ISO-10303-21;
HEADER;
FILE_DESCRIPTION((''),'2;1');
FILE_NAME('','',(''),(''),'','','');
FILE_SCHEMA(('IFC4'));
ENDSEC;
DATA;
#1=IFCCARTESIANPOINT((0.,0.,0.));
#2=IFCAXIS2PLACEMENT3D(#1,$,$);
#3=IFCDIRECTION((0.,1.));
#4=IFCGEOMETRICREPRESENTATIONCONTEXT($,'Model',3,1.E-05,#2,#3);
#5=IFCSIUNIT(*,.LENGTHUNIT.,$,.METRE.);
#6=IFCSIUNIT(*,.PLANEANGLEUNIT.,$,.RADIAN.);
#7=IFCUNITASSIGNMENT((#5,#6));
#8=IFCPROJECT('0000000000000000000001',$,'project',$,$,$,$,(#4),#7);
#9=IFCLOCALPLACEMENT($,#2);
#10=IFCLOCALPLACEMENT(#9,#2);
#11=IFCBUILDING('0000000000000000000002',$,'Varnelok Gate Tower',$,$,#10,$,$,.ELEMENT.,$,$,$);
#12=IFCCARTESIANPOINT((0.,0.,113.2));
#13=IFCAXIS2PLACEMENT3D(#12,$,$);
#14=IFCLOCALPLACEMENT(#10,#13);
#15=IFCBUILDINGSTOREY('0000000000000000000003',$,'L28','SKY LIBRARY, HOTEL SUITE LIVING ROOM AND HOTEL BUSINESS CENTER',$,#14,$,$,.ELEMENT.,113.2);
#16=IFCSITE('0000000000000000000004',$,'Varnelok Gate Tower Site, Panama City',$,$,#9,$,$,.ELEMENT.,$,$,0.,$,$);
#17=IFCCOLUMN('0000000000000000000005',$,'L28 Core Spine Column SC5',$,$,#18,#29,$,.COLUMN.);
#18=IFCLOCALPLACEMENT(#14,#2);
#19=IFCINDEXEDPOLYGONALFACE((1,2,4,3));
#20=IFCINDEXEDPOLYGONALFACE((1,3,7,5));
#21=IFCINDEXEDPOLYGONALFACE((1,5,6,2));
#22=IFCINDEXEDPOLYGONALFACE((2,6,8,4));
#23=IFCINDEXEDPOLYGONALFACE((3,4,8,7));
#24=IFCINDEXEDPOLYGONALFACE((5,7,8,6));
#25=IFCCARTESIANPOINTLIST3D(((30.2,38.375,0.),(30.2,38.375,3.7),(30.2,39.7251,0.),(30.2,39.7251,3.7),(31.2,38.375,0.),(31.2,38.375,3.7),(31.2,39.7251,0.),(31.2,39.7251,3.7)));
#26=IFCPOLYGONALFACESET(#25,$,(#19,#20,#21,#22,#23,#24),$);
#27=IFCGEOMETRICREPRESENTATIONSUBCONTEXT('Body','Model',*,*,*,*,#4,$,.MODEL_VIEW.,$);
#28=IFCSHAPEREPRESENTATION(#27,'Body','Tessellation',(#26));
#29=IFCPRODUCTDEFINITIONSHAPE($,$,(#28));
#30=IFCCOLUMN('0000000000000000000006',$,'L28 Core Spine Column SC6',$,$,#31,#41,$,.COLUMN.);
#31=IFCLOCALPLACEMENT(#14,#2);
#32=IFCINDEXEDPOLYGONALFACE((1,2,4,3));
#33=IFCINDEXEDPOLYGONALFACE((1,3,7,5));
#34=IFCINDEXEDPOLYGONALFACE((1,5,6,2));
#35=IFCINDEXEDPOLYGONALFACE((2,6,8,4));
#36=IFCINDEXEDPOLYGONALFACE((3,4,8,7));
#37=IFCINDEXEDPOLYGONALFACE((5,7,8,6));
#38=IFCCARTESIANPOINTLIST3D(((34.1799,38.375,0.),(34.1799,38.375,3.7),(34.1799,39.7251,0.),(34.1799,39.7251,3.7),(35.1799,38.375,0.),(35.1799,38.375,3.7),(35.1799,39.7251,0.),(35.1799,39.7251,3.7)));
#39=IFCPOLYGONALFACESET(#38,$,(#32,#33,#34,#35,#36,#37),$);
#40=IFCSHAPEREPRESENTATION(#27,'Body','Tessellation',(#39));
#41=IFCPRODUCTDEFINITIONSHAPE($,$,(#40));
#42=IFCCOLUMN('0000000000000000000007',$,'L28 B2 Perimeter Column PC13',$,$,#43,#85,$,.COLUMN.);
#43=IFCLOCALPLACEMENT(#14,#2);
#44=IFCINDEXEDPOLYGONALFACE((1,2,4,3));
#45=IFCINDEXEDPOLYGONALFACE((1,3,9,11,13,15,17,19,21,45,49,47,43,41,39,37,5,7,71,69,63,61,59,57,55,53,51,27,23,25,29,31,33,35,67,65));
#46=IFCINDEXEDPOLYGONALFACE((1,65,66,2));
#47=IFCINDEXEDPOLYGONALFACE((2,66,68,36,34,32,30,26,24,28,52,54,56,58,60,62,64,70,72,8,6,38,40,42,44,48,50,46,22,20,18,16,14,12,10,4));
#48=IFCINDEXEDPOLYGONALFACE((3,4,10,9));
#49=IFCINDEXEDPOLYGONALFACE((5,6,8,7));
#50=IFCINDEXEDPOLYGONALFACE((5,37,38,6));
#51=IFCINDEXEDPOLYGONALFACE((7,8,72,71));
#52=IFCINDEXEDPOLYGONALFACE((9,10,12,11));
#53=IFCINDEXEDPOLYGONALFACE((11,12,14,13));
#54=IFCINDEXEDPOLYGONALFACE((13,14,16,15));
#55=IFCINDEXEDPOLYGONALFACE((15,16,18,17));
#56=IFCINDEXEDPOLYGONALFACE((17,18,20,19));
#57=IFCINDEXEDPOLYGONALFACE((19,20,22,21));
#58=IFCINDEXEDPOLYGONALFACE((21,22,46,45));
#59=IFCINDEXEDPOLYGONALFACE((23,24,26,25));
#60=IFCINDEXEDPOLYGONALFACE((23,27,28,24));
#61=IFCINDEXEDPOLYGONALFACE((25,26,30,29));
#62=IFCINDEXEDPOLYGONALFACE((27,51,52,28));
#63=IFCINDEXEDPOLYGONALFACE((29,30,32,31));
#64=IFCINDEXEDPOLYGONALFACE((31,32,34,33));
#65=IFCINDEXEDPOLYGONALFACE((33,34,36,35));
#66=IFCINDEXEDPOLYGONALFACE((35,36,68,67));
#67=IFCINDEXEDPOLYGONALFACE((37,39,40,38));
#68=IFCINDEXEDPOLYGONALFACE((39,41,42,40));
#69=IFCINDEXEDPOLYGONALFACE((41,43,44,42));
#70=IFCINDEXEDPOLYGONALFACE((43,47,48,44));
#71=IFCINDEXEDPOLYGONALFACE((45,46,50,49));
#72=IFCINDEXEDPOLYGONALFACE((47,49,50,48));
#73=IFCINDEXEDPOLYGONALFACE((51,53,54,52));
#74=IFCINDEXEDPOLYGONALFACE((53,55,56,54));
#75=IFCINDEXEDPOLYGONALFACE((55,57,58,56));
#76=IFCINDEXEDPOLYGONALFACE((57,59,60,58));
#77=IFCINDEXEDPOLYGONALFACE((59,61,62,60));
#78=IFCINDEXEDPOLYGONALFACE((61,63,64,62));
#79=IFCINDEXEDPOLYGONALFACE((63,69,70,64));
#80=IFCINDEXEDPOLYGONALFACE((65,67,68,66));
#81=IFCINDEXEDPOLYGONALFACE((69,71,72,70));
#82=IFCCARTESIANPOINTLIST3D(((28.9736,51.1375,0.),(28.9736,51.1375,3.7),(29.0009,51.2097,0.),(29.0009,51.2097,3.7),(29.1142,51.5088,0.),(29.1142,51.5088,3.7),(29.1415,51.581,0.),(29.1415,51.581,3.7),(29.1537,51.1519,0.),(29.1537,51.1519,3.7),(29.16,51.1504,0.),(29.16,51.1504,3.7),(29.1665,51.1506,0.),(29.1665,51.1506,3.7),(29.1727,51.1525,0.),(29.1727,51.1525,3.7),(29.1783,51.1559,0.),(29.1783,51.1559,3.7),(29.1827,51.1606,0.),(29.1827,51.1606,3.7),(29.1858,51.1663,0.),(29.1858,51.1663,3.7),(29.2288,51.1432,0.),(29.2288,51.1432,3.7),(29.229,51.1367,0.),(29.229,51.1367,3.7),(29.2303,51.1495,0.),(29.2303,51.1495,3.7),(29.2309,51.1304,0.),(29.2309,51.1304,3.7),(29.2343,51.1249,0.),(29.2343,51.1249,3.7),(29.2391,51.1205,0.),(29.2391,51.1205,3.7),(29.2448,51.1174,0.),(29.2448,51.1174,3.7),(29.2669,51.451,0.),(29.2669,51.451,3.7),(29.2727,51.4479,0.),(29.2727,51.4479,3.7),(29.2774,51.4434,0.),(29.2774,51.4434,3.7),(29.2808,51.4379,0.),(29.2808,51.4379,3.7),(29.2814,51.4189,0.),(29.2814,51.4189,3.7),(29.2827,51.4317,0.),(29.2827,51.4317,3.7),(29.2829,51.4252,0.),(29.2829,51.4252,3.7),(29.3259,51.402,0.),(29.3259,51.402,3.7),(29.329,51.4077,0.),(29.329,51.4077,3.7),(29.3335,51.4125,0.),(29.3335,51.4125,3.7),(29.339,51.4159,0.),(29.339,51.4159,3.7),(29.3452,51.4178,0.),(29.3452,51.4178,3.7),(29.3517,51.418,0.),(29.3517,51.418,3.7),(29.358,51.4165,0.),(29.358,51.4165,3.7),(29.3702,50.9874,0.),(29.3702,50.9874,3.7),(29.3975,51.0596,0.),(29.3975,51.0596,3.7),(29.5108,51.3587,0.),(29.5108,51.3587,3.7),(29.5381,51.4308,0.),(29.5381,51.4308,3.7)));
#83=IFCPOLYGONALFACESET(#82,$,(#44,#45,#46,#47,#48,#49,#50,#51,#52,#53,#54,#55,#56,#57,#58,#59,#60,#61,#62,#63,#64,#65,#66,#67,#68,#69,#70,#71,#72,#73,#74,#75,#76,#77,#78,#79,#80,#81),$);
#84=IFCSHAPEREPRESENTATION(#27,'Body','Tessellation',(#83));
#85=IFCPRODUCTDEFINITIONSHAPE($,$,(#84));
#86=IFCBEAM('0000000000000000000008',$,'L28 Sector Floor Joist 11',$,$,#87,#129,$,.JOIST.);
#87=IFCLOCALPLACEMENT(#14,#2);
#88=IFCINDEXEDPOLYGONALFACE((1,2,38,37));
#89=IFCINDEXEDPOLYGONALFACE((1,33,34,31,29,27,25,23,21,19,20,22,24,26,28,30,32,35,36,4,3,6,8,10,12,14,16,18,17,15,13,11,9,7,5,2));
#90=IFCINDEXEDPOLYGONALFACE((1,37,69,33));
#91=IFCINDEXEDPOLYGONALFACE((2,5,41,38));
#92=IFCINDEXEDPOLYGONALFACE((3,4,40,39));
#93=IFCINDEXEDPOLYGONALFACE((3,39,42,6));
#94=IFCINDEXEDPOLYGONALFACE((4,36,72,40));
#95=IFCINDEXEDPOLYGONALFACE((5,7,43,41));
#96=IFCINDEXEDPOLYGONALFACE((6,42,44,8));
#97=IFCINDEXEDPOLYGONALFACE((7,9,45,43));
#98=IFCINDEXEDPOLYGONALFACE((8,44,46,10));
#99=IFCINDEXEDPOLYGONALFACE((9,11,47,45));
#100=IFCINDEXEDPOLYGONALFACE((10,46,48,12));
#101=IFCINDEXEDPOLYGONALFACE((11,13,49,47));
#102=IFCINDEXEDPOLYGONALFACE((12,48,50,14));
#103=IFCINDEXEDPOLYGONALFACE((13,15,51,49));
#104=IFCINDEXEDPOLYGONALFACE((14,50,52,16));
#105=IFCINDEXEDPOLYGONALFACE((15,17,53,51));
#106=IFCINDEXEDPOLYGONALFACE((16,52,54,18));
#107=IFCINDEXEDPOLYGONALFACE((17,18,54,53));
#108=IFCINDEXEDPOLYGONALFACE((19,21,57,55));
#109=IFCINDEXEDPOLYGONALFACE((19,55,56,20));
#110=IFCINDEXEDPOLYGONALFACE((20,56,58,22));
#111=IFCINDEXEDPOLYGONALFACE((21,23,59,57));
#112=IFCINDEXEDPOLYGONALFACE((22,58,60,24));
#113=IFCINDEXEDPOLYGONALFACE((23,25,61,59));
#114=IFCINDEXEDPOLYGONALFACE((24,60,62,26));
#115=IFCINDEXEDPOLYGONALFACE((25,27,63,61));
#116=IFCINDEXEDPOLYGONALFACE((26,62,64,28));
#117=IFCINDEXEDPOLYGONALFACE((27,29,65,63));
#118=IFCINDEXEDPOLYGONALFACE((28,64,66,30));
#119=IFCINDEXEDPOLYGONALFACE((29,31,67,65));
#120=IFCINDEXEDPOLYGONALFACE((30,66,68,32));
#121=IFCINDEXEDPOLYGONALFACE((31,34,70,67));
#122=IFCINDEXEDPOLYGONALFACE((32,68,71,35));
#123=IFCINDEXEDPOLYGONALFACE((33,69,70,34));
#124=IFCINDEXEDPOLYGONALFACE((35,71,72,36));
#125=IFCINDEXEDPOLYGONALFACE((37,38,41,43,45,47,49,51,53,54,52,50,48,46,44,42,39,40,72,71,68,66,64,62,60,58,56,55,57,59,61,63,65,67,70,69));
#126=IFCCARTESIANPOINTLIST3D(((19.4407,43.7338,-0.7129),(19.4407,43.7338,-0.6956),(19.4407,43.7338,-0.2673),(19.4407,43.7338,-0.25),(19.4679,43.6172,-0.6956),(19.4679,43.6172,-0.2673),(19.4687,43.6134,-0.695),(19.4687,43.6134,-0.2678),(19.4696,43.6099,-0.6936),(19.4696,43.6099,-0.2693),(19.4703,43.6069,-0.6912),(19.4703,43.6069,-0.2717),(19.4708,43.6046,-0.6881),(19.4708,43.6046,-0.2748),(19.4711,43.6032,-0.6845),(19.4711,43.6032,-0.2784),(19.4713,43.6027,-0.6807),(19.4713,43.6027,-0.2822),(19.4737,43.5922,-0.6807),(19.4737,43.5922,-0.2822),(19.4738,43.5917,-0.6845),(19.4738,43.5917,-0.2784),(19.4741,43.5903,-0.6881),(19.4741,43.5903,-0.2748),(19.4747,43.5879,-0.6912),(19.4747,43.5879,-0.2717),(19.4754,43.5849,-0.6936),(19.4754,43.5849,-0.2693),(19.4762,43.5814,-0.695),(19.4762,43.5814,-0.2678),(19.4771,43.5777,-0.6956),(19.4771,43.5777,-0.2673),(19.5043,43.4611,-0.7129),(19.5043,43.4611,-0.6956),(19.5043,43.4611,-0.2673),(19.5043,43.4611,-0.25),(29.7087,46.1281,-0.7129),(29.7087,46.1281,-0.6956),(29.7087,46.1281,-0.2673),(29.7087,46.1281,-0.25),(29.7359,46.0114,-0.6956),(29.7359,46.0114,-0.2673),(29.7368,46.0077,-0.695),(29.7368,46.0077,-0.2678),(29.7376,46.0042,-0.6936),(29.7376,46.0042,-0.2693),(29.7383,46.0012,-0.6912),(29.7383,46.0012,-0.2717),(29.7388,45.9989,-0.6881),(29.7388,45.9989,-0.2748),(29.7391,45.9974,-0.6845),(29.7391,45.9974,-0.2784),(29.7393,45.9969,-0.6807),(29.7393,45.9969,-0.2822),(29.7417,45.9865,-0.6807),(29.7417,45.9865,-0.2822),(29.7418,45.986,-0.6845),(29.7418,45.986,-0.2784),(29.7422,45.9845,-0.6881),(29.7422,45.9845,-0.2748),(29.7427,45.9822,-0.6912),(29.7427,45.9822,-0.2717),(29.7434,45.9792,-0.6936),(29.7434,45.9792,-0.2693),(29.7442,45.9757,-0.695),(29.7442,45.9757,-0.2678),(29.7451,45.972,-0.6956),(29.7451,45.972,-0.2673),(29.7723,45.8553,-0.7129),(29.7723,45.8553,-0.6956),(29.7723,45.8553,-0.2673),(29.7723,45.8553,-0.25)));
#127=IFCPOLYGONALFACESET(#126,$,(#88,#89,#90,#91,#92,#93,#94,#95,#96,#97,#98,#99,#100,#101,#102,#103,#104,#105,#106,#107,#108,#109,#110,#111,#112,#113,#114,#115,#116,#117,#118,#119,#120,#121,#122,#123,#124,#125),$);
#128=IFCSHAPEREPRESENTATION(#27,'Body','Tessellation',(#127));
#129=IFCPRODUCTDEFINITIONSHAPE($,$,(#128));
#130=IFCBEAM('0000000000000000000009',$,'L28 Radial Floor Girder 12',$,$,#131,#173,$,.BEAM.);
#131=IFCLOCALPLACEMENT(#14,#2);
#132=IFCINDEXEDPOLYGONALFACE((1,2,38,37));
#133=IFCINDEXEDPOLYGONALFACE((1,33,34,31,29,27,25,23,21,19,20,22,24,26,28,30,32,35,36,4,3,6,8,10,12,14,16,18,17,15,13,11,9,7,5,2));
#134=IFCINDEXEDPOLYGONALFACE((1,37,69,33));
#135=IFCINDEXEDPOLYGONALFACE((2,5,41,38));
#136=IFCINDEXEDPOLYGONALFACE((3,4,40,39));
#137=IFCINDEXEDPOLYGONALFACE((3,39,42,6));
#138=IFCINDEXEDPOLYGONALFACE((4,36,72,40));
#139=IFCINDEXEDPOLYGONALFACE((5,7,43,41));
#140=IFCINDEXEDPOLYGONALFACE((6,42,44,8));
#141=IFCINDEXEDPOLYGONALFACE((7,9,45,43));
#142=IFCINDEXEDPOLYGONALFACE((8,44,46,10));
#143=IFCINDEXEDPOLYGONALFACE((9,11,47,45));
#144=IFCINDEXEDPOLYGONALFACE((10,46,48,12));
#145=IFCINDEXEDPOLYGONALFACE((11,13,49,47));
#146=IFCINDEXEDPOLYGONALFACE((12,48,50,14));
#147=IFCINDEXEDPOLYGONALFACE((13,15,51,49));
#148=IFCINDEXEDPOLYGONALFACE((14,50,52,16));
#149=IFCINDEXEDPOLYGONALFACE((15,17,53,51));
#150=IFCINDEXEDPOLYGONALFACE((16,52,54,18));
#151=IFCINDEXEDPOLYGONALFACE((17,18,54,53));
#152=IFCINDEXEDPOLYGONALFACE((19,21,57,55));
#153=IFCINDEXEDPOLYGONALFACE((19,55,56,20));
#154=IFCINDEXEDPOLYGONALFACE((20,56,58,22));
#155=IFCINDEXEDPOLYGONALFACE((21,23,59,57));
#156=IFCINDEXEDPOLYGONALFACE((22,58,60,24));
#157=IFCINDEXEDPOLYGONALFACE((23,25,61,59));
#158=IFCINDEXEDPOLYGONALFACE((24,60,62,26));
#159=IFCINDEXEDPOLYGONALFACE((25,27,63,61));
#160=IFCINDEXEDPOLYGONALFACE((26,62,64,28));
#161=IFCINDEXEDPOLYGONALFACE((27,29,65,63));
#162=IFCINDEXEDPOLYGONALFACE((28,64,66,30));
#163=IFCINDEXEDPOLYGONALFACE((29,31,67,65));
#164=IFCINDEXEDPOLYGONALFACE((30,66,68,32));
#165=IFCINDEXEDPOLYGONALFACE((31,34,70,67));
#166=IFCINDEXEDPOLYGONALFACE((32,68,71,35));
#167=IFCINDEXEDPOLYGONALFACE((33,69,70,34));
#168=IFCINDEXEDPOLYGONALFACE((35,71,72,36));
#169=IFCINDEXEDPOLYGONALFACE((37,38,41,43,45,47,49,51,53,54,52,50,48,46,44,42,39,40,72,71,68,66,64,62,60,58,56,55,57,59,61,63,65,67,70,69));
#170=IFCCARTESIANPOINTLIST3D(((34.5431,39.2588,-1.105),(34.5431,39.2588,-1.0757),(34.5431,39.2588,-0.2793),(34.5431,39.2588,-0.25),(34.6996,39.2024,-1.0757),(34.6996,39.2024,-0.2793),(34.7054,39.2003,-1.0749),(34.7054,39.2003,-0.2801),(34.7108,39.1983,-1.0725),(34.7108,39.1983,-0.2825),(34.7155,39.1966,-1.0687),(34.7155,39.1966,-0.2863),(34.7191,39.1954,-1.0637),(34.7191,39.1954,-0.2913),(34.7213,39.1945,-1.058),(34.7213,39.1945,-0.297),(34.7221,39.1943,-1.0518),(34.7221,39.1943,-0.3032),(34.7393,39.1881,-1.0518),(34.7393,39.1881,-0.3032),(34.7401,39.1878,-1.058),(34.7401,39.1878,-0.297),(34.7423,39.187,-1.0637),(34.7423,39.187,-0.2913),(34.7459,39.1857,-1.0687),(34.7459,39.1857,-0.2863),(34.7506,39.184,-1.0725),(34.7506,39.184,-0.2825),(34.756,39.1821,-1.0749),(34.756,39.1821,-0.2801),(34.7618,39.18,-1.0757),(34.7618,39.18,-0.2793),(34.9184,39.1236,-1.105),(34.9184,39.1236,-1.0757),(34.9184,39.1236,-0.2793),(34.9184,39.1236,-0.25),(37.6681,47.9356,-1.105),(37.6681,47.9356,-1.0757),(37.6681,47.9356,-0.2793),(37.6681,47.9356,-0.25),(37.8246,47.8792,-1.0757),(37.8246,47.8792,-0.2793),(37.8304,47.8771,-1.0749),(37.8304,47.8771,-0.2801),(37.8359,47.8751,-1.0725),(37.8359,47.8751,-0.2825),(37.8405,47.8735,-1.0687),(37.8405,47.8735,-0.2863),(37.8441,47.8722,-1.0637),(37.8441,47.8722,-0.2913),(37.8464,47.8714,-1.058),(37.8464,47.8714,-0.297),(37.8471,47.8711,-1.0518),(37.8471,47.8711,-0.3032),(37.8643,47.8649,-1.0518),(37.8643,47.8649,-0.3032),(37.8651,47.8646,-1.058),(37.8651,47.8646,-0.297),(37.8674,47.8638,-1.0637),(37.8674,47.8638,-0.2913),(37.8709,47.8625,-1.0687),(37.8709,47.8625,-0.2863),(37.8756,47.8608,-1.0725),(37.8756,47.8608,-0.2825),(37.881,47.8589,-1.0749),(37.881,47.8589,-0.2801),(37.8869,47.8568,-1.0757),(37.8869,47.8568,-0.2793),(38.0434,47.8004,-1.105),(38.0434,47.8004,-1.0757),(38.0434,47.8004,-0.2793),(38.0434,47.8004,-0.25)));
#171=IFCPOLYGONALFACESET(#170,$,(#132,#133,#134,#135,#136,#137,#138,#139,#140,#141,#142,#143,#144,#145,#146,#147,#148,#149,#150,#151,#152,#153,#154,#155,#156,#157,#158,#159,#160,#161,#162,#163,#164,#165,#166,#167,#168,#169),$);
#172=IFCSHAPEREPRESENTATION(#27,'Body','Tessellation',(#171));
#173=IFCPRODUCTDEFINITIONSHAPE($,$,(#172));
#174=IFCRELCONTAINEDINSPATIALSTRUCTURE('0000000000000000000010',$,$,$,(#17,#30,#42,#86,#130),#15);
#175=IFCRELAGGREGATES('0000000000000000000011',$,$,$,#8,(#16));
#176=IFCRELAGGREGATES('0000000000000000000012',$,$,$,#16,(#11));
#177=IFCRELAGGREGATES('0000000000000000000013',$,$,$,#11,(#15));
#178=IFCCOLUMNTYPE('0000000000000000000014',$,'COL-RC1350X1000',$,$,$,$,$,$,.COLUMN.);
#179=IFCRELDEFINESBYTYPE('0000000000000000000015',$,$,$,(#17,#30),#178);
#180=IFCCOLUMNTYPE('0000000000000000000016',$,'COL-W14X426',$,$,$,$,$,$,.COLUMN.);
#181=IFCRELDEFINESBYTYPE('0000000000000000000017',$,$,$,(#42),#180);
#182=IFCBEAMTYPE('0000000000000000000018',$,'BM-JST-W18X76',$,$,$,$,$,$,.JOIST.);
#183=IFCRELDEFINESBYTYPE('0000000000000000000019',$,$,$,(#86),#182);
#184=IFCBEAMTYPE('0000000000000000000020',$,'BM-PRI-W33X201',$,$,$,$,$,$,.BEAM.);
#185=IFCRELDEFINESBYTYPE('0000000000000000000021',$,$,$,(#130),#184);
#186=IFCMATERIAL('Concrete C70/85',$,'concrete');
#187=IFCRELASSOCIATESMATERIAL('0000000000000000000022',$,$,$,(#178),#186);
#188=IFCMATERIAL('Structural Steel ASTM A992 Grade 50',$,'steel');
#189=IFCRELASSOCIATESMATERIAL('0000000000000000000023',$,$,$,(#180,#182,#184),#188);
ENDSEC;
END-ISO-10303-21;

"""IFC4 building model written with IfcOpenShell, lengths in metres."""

from ifc_helpers import new_model, si_unit, direction, frame, origin, origin_2d, place, context, subcontext, project, spatial, rectangle, i_section, extrude, material, material_profile, profile_set, type_object, element, save


model = new_model("IFC4")

# Units and contexts
model_context = context("Model", 3, precision=1e-05, world=origin(), true_north=direction((0.0, 1.0)))
body_context = subcontext(model_context, "Body", "Model", "MODEL_VIEW")
ifc_project = project(units=[si_unit("LENGTHUNIT", "METRE"), si_unit("PLANEANGLEUNIT", "RADIAN")], contexts=[model_context])

# Site, building, storey
site_placement = place(None, origin())
site = spatial("IfcSite", under=ifc_project, at=site_placement, Name="Varnelok Gate Tower Site, Panama City", CompositionType="ELEMENT", RefElevation=0.0)
building_placement = place(site_placement, origin())
building = spatial("IfcBuilding", under=site, at=building_placement, Name="Varnelok Gate Tower", CompositionType="ELEMENT")
storey_placement = place(building_placement, frame((0.0, 0.0, 113.2)))
storey = spatial("IfcBuildingStorey", under=building, at=storey_placement, Name="L28", Description="SKY LIBRARY, HOTEL SUITE LIVING ROOM AND HOTEL BUSINESS CENTER", CompositionType="ELEMENT", Elevation=113.2)

# Columns
ifc_material_1 = material(Name="Concrete C70/85", Category="concrete")
ifc_material_profile_1 = material_profile(ifc_material_1, rectangle(XDim=1.0, YDim=1.3501, at=origin_2d()), Name="RC1350X1000")
ifc_profile_set_1 = profile_set([ifc_material_profile_1], Name="Concrete C70/85")
column_type_1 = type_object("IfcColumnType", Name="COL-RC1350X1000", PredefinedType="COLUMN", material=ifc_profile_set_1)
for number, where, z_axis, x_axis, name in (
    (1, (30.7, 39.05, 0.0), (0.0, 0.0, 1.0), (1.0, 0.0, 0.0), "L28 Core Spine Column SC5"),
    (2, (34.6799, 39.05, 0.0), (0.0, 0.0, 1.0), (1.0, 0.0, 0.0), "L28 Core Spine Column SC6"),
):
    element("IfcColumn", number, at=place(storey_placement, frame(where, z_axis=z_axis, x_axis=x_axis)), inside=storey, type_object=column_type_1, Name=name, PredefinedType="COLUMN", context=body_context, shape_type="SweptSolid", body=[
        extrude(rectangle(XDim=1.0, YDim=1.3501, at=origin_2d()), origin(), (0.0, 0.0, 1.0), 3.7),
    ])
ifc_material_2 = material(Name="Structural Steel ASTM A992 Grade 50", Category="steel")
ifc_material_profile_2 = material_profile(ifc_material_2, i_section(OverallWidth=0.4241, OverallDepth=0.4741, WebThickness=0.0476, FlangeThickness=0.0771, FilletRadius=0.0249, at=origin_2d()), Name="W14X426")
ifc_profile_set_2 = profile_set([ifc_material_profile_2], Name="Structural Steel ASTM A992 Grade 50")
column_type_2 = type_object("IfcColumnType", Name="COL-W14X426", PredefinedType="COLUMN", material=ifc_profile_set_2)
column_placement = place(storey_placement, frame((29.2559, 51.2842, 0.0), z_axis=(0.0, 0.0, 1.0), x_axis=(0.935222, -0.354063, 0.0)))
element("IfcColumn", 3, at=column_placement, inside=storey, type_object=column_type_2, Name="L28 B2 Perimeter Column PC13", PredefinedType="COLUMN", context=body_context, shape_type="SweptSolid", body=[
    extrude(i_section(OverallWidth=0.4241, OverallDepth=0.4741, WebThickness=0.0476, FlangeThickness=0.0771, FilletRadius=0.0249, at=origin_2d()), origin(), (0.0, 0.0, 1.0), 3.7),
])

# Beams
ifc_material_profile_3 = material_profile(ifc_material_2, i_section(OverallWidth=0.28, OverallDepth=0.4629, WebThickness=0.0107, FlangeThickness=0.0173, FilletRadius=0.0149, at=origin_2d()), Name="W18X76")
ifc_profile_set_3 = profile_set([ifc_material_profile_3], Name="Structural Steel ASTM A992 Grade 50")
beam_type_1 = type_object("IfcBeamType", Name="BM-JST-W18X76", PredefinedType="JOIST", material=ifc_profile_set_3)
beam_1_placement = place(storey_placement, frame((29.7405, 45.9917, -0.4814), z_axis=(-0.973875, -0.227086, 0.0), x_axis=(0.227086, -0.973875, 0.0)))
element("IfcBeam", 4, at=beam_1_placement, inside=storey, type_object=beam_type_1, Name="L28 Sector Floor Joist 11", PredefinedType="JOIST", context=body_context, shape_type="SweptSolid", body=[
    extrude(i_section(OverallWidth=0.28, OverallDepth=0.4629, WebThickness=0.0107, FlangeThickness=0.0173, FilletRadius=0.0149, at=origin_2d()), origin(), (0.0, 0.0, 1.0), 10.5435),
])
ifc_material_profile_4 = material_profile(ifc_material_2, i_section(OverallWidth=0.3989, OverallDepth=0.855, WebThickness=0.0183, FlangeThickness=0.0293, FilletRadius=0.0239, at=origin_2d()), Name="W33X201")
ifc_profile_set_4 = profile_set([ifc_material_profile_4], Name="Structural Steel ASTM A992 Grade 50")
beam_type_2 = type_object("IfcBeamType", Name="BM-PRI-W33X201", PredefinedType="BEAM", material=ifc_profile_set_4)
beam_2_placement = place(storey_placement, frame((34.7307, 39.1912, -0.6775), z_axis=(0.338851, 0.94084, 0.0), x_axis=(-0.94084, 0.338851, 0.0)))
element("IfcBeam", 5, at=beam_2_placement, inside=storey, type_object=beam_type_2, Name="L28 Radial Floor Girder 12", PredefinedType="BEAM", context=body_context, shape_type="SweptSolid", body=[
    extrude(i_section(OverallWidth=0.3989, OverallDepth=0.855, WebThickness=0.0183, FlangeThickness=0.0293, FilletRadius=0.0239, at=origin_2d()), origin(), (0.0, 0.0, 1.0), 9.2224),
])

save(model, "model.ifc")
